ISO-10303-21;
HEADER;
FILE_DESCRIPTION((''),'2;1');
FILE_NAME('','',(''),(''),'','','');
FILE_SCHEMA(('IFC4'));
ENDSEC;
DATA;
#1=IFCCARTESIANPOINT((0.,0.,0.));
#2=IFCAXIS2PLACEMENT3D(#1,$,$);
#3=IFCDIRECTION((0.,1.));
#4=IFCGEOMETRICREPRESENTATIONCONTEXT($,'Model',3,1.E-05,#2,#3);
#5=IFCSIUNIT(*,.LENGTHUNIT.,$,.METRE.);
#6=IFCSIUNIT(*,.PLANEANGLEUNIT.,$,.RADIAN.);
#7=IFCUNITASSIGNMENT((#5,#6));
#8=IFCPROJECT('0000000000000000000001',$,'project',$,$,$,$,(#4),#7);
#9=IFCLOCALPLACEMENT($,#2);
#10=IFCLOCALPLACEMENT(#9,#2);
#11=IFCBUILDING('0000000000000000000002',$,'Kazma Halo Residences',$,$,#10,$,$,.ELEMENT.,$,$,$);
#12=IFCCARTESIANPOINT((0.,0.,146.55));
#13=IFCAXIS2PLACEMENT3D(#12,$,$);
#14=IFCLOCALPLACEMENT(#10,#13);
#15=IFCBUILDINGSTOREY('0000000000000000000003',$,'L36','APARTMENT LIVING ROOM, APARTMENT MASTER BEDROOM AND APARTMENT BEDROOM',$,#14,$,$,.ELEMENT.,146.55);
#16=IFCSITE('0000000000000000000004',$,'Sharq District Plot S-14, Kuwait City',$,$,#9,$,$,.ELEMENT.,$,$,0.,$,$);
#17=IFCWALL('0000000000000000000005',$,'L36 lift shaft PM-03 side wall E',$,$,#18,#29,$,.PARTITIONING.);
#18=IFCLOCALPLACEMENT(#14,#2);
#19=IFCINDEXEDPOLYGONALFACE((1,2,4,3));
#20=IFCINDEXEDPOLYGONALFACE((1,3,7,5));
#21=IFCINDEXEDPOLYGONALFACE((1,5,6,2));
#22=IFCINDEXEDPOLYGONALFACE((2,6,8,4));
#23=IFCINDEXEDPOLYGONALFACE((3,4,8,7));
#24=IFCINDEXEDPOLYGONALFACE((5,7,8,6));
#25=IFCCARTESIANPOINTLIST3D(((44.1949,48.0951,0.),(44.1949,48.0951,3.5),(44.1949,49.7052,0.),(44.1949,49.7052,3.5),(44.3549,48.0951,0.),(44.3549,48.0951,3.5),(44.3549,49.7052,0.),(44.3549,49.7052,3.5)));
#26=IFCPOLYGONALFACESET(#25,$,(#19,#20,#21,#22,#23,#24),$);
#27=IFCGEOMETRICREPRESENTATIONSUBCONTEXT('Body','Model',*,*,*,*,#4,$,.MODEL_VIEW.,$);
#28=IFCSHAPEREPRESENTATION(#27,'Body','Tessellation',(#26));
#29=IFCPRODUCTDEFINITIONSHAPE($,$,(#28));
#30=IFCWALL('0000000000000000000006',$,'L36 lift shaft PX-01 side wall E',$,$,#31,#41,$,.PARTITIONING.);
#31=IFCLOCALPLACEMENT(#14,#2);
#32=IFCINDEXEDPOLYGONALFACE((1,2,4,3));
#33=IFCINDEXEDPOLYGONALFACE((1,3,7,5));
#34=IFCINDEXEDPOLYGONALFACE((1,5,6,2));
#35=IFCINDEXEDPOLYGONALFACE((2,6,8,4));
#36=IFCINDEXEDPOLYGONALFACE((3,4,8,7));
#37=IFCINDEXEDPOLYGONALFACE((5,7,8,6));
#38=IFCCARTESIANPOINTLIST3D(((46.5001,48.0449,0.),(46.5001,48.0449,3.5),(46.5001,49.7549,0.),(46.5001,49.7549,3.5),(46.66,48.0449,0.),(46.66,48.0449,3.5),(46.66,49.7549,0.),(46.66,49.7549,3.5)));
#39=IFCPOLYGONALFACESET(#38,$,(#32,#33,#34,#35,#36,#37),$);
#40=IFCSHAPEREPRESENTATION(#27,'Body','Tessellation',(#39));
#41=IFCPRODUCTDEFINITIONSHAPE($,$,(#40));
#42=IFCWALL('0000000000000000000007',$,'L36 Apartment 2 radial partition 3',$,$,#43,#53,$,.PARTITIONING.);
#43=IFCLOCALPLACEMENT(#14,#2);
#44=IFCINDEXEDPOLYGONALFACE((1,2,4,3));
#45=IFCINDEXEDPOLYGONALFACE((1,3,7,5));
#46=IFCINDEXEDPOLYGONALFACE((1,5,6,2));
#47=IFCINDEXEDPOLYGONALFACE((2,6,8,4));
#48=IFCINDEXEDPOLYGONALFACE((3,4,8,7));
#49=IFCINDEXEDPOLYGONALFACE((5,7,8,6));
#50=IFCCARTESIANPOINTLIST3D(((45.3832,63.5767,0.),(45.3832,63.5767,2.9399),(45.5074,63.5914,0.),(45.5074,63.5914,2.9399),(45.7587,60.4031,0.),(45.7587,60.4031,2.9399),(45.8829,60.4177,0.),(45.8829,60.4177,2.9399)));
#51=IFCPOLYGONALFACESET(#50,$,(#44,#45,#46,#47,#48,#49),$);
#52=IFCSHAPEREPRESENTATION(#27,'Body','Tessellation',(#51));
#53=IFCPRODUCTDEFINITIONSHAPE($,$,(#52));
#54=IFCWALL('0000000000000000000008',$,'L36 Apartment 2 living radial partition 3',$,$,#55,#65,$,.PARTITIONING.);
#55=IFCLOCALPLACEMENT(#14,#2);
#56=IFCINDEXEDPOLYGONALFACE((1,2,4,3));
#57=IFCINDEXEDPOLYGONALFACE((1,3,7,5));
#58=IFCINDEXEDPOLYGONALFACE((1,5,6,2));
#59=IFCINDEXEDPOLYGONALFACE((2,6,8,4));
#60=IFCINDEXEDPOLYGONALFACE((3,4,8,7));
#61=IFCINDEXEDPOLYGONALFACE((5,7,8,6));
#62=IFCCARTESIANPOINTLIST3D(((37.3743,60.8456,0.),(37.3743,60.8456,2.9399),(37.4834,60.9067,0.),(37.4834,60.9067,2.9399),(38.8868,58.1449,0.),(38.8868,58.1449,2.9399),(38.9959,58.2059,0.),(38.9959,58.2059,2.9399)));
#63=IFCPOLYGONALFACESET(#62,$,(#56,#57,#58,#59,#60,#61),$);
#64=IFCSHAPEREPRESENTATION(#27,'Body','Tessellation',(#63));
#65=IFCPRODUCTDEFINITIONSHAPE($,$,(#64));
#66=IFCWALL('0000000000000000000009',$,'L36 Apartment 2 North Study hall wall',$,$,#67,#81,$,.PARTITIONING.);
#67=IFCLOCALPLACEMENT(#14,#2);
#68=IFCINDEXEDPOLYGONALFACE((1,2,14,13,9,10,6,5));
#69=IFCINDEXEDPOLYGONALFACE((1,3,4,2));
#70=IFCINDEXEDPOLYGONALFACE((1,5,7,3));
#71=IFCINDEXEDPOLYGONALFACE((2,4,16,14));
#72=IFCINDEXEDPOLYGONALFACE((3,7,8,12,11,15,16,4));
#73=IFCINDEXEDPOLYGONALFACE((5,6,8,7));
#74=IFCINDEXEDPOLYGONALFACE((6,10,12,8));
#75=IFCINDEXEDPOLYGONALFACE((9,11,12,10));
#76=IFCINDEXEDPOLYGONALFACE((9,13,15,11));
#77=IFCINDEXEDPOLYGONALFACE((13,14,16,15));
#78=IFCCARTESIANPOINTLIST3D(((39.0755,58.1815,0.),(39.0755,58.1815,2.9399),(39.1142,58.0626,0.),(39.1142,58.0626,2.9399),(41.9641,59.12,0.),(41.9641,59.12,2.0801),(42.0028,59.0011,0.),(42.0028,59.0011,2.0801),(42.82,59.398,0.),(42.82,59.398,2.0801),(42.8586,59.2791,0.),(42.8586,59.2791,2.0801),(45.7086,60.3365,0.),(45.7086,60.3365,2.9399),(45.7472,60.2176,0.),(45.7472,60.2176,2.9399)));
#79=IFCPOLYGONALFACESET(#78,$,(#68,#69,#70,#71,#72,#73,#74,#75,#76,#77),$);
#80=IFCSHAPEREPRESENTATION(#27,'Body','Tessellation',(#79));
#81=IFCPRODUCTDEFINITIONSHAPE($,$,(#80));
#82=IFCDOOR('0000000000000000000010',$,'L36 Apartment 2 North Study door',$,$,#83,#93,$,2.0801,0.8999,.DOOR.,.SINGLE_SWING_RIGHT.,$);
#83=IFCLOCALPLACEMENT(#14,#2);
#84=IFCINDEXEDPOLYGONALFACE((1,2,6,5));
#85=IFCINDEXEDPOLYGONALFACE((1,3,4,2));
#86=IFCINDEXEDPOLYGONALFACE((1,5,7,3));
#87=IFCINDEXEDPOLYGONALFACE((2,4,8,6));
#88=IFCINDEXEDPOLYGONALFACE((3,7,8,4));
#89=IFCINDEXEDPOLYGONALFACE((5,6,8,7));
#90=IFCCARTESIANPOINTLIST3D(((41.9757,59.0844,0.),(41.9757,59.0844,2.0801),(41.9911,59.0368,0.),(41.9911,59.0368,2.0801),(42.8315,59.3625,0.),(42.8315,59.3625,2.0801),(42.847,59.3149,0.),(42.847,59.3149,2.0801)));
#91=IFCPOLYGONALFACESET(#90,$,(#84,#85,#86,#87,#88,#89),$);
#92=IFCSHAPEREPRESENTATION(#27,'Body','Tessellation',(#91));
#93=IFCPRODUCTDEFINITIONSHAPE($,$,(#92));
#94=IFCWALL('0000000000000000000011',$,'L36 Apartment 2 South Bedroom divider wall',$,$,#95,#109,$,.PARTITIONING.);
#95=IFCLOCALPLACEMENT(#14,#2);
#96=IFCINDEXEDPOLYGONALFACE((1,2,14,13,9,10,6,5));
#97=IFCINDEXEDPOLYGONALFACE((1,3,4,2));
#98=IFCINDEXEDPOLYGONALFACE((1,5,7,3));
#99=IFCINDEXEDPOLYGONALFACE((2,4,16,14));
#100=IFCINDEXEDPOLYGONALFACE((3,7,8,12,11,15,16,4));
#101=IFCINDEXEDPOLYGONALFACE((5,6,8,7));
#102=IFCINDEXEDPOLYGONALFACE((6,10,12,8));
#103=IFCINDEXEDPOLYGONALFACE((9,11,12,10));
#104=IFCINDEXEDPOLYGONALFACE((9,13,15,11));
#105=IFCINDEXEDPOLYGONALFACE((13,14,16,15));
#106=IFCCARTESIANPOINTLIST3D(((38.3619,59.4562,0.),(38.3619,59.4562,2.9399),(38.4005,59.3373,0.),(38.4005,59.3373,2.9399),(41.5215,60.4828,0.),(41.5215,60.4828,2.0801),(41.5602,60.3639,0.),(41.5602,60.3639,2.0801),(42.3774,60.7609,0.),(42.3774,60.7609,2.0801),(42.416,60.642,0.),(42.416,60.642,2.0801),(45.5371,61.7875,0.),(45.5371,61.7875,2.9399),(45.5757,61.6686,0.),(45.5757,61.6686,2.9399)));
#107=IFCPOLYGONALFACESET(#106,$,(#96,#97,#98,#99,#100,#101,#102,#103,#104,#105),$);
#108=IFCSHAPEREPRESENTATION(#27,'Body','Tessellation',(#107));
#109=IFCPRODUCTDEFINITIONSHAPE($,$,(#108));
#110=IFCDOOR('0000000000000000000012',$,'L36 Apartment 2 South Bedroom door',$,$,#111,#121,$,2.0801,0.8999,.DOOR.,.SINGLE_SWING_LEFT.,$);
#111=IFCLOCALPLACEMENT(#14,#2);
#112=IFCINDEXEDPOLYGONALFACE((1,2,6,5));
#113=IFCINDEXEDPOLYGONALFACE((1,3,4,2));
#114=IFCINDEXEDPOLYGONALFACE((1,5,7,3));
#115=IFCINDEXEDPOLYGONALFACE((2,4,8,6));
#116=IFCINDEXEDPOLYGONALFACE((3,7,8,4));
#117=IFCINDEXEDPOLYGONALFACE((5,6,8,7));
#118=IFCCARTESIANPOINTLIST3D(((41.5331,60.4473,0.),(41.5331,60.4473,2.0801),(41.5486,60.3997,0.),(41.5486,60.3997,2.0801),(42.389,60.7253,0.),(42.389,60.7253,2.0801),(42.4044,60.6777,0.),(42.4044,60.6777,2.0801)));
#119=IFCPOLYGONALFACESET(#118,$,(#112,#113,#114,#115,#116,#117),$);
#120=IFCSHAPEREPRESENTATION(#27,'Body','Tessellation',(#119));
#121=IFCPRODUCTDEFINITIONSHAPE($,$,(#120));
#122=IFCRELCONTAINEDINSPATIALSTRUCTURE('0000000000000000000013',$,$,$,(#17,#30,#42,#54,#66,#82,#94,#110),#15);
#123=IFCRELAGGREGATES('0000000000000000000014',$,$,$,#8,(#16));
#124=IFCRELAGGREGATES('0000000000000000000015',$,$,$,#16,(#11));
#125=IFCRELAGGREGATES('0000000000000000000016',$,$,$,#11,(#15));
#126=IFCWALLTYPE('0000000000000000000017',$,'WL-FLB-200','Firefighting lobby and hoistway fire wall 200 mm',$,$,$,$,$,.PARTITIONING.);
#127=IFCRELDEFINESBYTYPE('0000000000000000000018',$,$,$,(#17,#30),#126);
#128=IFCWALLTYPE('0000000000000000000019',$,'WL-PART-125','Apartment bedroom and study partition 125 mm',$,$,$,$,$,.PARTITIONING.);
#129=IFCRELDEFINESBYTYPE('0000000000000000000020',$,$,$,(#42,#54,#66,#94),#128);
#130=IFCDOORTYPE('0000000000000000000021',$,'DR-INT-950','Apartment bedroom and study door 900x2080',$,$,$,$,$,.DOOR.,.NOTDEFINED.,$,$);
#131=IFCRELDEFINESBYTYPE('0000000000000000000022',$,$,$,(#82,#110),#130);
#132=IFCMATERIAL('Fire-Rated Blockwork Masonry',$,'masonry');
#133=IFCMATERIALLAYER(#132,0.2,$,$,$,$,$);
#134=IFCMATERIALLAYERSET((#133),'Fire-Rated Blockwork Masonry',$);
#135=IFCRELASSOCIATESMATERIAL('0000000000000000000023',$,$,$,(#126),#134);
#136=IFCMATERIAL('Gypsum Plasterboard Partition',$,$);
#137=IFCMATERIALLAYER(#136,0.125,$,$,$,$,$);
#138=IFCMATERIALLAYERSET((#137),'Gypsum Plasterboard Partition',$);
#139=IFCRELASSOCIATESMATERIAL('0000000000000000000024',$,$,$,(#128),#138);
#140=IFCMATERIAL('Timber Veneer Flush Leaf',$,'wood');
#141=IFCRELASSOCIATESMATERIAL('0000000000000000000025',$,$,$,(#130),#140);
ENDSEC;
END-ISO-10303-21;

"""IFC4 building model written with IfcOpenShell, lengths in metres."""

from ifc_helpers import new_model, si_unit, direction, frame, frame_2d, origin, place, context, subcontext, project, spatial, rectangle, extrude, material, layer, layer_set, type_object, element, fill, save


model = new_model("IFC4")

# Units and contexts
model_context = context("Model", 3, precision=1e-05, world=origin(), true_north=direction((0.0, 1.0)))
body_context = subcontext(model_context, "Body", "Model", "MODEL_VIEW")
ifc_project = project(units=[si_unit("LENGTHUNIT", "METRE"), si_unit("PLANEANGLEUNIT", "RADIAN")], contexts=[model_context])

# Site, building, storey
site_placement = place(None, origin())
site = spatial("IfcSite", under=ifc_project, at=site_placement, Name="Sharq District Plot S-14, Kuwait City", CompositionType="ELEMENT", RefElevation=0.0)
building_placement = place(site_placement, origin())
building = spatial("IfcBuilding", under=site, at=building_placement, Name="Kazma Halo Residences", CompositionType="ELEMENT")
storey_placement = place(building_placement, frame((0.0, 0.0, 146.55)))
storey = spatial("IfcBuildingStorey", under=building, at=storey_placement, Name="L36", Description="APARTMENT LIVING ROOM, APARTMENT MASTER BEDROOM AND APARTMENT BEDROOM", CompositionType="ELEMENT", Elevation=146.55)

# Walls
ifc_material_1 = material(Name="Fire-Rated Blockwork Masonry", Category="masonry")
ifc_layer_1 = layer(ifc_material_1, 0.2)
ifc_layer_set_1 = layer_set([ifc_layer_1], Name="Fire-Rated Blockwork Masonry")
wall_type_1 = type_object("IfcWallType", Name="WL-FLB-200", Description="Firefighting lobby and hoistway fire wall 200 mm", PredefinedType="PARTITIONING", material=ifc_layer_set_1)
for number, where, z_axis, x_axis, name in (
    (1, (44.2749, 48.095, 0.0), (0.0, 0.0, 1.0), (0.0, 1.0, 0.0), "L36 lift shaft PM-03 side wall E"),
):
    element("IfcWall", number, at=place(storey_placement, frame(where, z_axis=z_axis, x_axis=x_axis)), inside=storey, type_object=wall_type_1, Name=name, PredefinedType="PARTITIONING", context=body_context, shape_type="SweptSolid", body=[
        extrude(rectangle(XDim=1.6101, YDim=0.1599, at=frame_2d((0.8052, 0.0))), origin(), (0.0, 0.0, 1.0), 3.5),
    ])
wall_1_placement = place(storey_placement, frame((46.5801, 48.0449, 0.0), z_axis=(0.0, 0.0, 1.0), x_axis=(0.0, 1.0, 0.0)))
element("IfcWall", 2, at=wall_1_placement, inside=storey, type_object=wall_type_1, Name="L36 lift shaft PX-01 side wall E", PredefinedType="PARTITIONING", context=body_context, shape_type="SweptSolid", body=[
    extrude(rectangle(XDim=1.71, YDim=0.1599, at=frame_2d((0.855, 0.0))), origin(), (0.0, 0.0, 1.0), 3.5),
])
ifc_material_2 = material(Name="Gypsum Plasterboard Partition")
ifc_layer_2 = layer(ifc_material_2, 0.125)
ifc_layer_set_2 = layer_set([ifc_layer_2], Name="Gypsum Plasterboard Partition")
wall_type_2 = type_object("IfcWallType", Name="WL-PART-125", Description="Apartment bedroom and study partition 125 mm", PredefinedType="PARTITIONING", material=ifc_layer_set_2)
wall_2_placement = place(storey_placement, frame((45.8208, 60.4104, 0.0), z_axis=(0.0, 0.0, 1.0), x_axis=(-0.117497, 0.993073, 0.0)))
element("IfcWall", 3, at=wall_2_placement, inside=storey, type_object=wall_type_2, Name="L36 Apartment 2 radial partition 3", PredefinedType="PARTITIONING", context=body_context, shape_type="SweptSolid", body=[
    extrude(rectangle(XDim=3.1958, YDim=0.125, at=frame_2d((1.5979, 0.0))), origin(), (0.0, 0.0, 1.0), 2.9399),
])
wall_3_placement = place(storey_placement, frame((38.9414, 58.1753, 0.0), z_axis=(0.0, 0.0, 1.0), x_axis=(-0.48862, 0.872497, 0.0)))
element("IfcWall", 4, at=wall_3_placement, inside=storey, type_object=wall_type_2, Name="L36 Apartment 2 living radial partition 3", PredefinedType="PARTITIONING", context=body_context, shape_type="SweptSolid", body=[
    extrude(rectangle(XDim=3.0955, YDim=0.125, at=frame_2d((1.5479, 0.0))), origin(), (0.0, 0.0, 1.0), 2.9399),
])

# Walls, openings, doors
wall_4_placement = place(storey_placement, frame((45.728, 60.2771, 0.0), z_axis=(0.0, 0.0, 1.0), x_axis=(-0.951064, -0.308993, 0.0)))
wall_4 = element("IfcWall", 5, at=wall_4_placement, inside=storey, type_object=wall_type_2, Name="L36 Apartment 2 North Study hall wall", PredefinedType="PARTITIONING", context=body_context, shape_type="SweptSolid", body=[
    extrude(rectangle(XDim=6.9744, YDim=0.125, at=frame_2d((3.4873, 0.0))), origin(), (0.0, 0.0, 1.0), 2.9399),
])
opening_1_placement = place(wall_4_placement, frame((3.0374, 0.0, 0.0)))
opening_1 = element("IfcOpeningElement", 6, at=opening_1_placement, cuts=wall_4, PredefinedType="OPENING", context=body_context, shape_type="SweptSolid", body=[
    extrude(rectangle(XDim=0.8999, YDim=2.0801, at=frame_2d((0.45, 1.04))), frame((0.0, 0.0725, 0.0), z_axis=(0.0, -1.0, 0.0), x_axis=(1.0, 0.0, 0.0)), (0.0, 0.0, 1.0), 0.145),
])
ifc_material_3 = material(Name="Timber Veneer Flush Leaf", Category="wood")
door_type_1 = type_object("IfcDoorType", Name="DR-INT-950", Description="Apartment bedroom and study door 900x2080", OperationType="NOTDEFINED", PredefinedType="DOOR", material=ifc_material_3)
door_1_placement = place(opening_1_placement, origin())
door_1 = element("IfcDoor", 7, at=door_1_placement, inside=storey, type_object=door_type_1, Name="L36 Apartment 2 North Study door", OperationType="SINGLE_SWING_RIGHT", OverallHeight=2.0801, OverallWidth=0.8999, PredefinedType="DOOR", context=body_context, shape_type="SweptSolid", body=[
    extrude(rectangle(XDim=0.8999, YDim=2.0801, at=frame_2d((0.45, 1.04))), frame((0.0, 0.0249, 0.0), z_axis=(0.0, -1.0, 0.0), x_axis=(1.0, 0.0, 0.0)), (0.0, 0.0, 1.0), 0.05),
])
fill(opening_1, door_1)
wall_5_placement = place(storey_placement, frame((45.5564, 61.728, 0.0), z_axis=(0.0, 0.0, 1.0), x_axis=(-0.95106, -0.309006, 0.0)))
wall_5 = element("IfcWall", 8, at=wall_5_placement, inside=storey, type_object=wall_type_2, Name="L36 Apartment 2 South Bedroom divider wall", PredefinedType="PARTITIONING", context=body_context, shape_type="SweptSolid", body=[
    extrude(rectangle(XDim=7.5444, YDim=0.125, at=frame_2d((3.7722, 0.0))), origin(), (0.0, 0.0, 1.0), 2.9399),
])
opening_2_placement = place(wall_5_placement, frame((3.3223, 0.0, 0.0)))
opening_2 = element("IfcOpeningElement", 9, at=opening_2_placement, cuts=wall_5, PredefinedType="OPENING", context=body_context, shape_type="SweptSolid", body=[
    extrude(rectangle(XDim=0.8999, YDim=2.0801, at=frame_2d((0.45, 1.04))), frame((0.0, 0.0725, 0.0), z_axis=(0.0, -1.0, 0.0), x_axis=(1.0, 0.0, 0.0)), (0.0, 0.0, 1.0), 0.145),
])
door_2_placement = place(opening_2_placement, origin())
door_2 = element("IfcDoor", 10, at=door_2_placement, inside=storey, type_object=door_type_1, Name="L36 Apartment 2 South Bedroom door", OperationType="SINGLE_SWING_LEFT", OverallHeight=2.0801, OverallWidth=0.8999, PredefinedType="DOOR", context=body_context, shape_type="SweptSolid", body=[
    extrude(rectangle(XDim=0.8999, YDim=2.0801, at=frame_2d((0.45, 1.04))), frame((0.0, 0.0249, 0.0), z_axis=(0.0, -1.0, 0.0), x_axis=(1.0, 0.0, 0.0)), (0.0, 0.0, 1.0), 0.05),
])
fill(opening_2, door_2)

save(model, "model.ifc")
